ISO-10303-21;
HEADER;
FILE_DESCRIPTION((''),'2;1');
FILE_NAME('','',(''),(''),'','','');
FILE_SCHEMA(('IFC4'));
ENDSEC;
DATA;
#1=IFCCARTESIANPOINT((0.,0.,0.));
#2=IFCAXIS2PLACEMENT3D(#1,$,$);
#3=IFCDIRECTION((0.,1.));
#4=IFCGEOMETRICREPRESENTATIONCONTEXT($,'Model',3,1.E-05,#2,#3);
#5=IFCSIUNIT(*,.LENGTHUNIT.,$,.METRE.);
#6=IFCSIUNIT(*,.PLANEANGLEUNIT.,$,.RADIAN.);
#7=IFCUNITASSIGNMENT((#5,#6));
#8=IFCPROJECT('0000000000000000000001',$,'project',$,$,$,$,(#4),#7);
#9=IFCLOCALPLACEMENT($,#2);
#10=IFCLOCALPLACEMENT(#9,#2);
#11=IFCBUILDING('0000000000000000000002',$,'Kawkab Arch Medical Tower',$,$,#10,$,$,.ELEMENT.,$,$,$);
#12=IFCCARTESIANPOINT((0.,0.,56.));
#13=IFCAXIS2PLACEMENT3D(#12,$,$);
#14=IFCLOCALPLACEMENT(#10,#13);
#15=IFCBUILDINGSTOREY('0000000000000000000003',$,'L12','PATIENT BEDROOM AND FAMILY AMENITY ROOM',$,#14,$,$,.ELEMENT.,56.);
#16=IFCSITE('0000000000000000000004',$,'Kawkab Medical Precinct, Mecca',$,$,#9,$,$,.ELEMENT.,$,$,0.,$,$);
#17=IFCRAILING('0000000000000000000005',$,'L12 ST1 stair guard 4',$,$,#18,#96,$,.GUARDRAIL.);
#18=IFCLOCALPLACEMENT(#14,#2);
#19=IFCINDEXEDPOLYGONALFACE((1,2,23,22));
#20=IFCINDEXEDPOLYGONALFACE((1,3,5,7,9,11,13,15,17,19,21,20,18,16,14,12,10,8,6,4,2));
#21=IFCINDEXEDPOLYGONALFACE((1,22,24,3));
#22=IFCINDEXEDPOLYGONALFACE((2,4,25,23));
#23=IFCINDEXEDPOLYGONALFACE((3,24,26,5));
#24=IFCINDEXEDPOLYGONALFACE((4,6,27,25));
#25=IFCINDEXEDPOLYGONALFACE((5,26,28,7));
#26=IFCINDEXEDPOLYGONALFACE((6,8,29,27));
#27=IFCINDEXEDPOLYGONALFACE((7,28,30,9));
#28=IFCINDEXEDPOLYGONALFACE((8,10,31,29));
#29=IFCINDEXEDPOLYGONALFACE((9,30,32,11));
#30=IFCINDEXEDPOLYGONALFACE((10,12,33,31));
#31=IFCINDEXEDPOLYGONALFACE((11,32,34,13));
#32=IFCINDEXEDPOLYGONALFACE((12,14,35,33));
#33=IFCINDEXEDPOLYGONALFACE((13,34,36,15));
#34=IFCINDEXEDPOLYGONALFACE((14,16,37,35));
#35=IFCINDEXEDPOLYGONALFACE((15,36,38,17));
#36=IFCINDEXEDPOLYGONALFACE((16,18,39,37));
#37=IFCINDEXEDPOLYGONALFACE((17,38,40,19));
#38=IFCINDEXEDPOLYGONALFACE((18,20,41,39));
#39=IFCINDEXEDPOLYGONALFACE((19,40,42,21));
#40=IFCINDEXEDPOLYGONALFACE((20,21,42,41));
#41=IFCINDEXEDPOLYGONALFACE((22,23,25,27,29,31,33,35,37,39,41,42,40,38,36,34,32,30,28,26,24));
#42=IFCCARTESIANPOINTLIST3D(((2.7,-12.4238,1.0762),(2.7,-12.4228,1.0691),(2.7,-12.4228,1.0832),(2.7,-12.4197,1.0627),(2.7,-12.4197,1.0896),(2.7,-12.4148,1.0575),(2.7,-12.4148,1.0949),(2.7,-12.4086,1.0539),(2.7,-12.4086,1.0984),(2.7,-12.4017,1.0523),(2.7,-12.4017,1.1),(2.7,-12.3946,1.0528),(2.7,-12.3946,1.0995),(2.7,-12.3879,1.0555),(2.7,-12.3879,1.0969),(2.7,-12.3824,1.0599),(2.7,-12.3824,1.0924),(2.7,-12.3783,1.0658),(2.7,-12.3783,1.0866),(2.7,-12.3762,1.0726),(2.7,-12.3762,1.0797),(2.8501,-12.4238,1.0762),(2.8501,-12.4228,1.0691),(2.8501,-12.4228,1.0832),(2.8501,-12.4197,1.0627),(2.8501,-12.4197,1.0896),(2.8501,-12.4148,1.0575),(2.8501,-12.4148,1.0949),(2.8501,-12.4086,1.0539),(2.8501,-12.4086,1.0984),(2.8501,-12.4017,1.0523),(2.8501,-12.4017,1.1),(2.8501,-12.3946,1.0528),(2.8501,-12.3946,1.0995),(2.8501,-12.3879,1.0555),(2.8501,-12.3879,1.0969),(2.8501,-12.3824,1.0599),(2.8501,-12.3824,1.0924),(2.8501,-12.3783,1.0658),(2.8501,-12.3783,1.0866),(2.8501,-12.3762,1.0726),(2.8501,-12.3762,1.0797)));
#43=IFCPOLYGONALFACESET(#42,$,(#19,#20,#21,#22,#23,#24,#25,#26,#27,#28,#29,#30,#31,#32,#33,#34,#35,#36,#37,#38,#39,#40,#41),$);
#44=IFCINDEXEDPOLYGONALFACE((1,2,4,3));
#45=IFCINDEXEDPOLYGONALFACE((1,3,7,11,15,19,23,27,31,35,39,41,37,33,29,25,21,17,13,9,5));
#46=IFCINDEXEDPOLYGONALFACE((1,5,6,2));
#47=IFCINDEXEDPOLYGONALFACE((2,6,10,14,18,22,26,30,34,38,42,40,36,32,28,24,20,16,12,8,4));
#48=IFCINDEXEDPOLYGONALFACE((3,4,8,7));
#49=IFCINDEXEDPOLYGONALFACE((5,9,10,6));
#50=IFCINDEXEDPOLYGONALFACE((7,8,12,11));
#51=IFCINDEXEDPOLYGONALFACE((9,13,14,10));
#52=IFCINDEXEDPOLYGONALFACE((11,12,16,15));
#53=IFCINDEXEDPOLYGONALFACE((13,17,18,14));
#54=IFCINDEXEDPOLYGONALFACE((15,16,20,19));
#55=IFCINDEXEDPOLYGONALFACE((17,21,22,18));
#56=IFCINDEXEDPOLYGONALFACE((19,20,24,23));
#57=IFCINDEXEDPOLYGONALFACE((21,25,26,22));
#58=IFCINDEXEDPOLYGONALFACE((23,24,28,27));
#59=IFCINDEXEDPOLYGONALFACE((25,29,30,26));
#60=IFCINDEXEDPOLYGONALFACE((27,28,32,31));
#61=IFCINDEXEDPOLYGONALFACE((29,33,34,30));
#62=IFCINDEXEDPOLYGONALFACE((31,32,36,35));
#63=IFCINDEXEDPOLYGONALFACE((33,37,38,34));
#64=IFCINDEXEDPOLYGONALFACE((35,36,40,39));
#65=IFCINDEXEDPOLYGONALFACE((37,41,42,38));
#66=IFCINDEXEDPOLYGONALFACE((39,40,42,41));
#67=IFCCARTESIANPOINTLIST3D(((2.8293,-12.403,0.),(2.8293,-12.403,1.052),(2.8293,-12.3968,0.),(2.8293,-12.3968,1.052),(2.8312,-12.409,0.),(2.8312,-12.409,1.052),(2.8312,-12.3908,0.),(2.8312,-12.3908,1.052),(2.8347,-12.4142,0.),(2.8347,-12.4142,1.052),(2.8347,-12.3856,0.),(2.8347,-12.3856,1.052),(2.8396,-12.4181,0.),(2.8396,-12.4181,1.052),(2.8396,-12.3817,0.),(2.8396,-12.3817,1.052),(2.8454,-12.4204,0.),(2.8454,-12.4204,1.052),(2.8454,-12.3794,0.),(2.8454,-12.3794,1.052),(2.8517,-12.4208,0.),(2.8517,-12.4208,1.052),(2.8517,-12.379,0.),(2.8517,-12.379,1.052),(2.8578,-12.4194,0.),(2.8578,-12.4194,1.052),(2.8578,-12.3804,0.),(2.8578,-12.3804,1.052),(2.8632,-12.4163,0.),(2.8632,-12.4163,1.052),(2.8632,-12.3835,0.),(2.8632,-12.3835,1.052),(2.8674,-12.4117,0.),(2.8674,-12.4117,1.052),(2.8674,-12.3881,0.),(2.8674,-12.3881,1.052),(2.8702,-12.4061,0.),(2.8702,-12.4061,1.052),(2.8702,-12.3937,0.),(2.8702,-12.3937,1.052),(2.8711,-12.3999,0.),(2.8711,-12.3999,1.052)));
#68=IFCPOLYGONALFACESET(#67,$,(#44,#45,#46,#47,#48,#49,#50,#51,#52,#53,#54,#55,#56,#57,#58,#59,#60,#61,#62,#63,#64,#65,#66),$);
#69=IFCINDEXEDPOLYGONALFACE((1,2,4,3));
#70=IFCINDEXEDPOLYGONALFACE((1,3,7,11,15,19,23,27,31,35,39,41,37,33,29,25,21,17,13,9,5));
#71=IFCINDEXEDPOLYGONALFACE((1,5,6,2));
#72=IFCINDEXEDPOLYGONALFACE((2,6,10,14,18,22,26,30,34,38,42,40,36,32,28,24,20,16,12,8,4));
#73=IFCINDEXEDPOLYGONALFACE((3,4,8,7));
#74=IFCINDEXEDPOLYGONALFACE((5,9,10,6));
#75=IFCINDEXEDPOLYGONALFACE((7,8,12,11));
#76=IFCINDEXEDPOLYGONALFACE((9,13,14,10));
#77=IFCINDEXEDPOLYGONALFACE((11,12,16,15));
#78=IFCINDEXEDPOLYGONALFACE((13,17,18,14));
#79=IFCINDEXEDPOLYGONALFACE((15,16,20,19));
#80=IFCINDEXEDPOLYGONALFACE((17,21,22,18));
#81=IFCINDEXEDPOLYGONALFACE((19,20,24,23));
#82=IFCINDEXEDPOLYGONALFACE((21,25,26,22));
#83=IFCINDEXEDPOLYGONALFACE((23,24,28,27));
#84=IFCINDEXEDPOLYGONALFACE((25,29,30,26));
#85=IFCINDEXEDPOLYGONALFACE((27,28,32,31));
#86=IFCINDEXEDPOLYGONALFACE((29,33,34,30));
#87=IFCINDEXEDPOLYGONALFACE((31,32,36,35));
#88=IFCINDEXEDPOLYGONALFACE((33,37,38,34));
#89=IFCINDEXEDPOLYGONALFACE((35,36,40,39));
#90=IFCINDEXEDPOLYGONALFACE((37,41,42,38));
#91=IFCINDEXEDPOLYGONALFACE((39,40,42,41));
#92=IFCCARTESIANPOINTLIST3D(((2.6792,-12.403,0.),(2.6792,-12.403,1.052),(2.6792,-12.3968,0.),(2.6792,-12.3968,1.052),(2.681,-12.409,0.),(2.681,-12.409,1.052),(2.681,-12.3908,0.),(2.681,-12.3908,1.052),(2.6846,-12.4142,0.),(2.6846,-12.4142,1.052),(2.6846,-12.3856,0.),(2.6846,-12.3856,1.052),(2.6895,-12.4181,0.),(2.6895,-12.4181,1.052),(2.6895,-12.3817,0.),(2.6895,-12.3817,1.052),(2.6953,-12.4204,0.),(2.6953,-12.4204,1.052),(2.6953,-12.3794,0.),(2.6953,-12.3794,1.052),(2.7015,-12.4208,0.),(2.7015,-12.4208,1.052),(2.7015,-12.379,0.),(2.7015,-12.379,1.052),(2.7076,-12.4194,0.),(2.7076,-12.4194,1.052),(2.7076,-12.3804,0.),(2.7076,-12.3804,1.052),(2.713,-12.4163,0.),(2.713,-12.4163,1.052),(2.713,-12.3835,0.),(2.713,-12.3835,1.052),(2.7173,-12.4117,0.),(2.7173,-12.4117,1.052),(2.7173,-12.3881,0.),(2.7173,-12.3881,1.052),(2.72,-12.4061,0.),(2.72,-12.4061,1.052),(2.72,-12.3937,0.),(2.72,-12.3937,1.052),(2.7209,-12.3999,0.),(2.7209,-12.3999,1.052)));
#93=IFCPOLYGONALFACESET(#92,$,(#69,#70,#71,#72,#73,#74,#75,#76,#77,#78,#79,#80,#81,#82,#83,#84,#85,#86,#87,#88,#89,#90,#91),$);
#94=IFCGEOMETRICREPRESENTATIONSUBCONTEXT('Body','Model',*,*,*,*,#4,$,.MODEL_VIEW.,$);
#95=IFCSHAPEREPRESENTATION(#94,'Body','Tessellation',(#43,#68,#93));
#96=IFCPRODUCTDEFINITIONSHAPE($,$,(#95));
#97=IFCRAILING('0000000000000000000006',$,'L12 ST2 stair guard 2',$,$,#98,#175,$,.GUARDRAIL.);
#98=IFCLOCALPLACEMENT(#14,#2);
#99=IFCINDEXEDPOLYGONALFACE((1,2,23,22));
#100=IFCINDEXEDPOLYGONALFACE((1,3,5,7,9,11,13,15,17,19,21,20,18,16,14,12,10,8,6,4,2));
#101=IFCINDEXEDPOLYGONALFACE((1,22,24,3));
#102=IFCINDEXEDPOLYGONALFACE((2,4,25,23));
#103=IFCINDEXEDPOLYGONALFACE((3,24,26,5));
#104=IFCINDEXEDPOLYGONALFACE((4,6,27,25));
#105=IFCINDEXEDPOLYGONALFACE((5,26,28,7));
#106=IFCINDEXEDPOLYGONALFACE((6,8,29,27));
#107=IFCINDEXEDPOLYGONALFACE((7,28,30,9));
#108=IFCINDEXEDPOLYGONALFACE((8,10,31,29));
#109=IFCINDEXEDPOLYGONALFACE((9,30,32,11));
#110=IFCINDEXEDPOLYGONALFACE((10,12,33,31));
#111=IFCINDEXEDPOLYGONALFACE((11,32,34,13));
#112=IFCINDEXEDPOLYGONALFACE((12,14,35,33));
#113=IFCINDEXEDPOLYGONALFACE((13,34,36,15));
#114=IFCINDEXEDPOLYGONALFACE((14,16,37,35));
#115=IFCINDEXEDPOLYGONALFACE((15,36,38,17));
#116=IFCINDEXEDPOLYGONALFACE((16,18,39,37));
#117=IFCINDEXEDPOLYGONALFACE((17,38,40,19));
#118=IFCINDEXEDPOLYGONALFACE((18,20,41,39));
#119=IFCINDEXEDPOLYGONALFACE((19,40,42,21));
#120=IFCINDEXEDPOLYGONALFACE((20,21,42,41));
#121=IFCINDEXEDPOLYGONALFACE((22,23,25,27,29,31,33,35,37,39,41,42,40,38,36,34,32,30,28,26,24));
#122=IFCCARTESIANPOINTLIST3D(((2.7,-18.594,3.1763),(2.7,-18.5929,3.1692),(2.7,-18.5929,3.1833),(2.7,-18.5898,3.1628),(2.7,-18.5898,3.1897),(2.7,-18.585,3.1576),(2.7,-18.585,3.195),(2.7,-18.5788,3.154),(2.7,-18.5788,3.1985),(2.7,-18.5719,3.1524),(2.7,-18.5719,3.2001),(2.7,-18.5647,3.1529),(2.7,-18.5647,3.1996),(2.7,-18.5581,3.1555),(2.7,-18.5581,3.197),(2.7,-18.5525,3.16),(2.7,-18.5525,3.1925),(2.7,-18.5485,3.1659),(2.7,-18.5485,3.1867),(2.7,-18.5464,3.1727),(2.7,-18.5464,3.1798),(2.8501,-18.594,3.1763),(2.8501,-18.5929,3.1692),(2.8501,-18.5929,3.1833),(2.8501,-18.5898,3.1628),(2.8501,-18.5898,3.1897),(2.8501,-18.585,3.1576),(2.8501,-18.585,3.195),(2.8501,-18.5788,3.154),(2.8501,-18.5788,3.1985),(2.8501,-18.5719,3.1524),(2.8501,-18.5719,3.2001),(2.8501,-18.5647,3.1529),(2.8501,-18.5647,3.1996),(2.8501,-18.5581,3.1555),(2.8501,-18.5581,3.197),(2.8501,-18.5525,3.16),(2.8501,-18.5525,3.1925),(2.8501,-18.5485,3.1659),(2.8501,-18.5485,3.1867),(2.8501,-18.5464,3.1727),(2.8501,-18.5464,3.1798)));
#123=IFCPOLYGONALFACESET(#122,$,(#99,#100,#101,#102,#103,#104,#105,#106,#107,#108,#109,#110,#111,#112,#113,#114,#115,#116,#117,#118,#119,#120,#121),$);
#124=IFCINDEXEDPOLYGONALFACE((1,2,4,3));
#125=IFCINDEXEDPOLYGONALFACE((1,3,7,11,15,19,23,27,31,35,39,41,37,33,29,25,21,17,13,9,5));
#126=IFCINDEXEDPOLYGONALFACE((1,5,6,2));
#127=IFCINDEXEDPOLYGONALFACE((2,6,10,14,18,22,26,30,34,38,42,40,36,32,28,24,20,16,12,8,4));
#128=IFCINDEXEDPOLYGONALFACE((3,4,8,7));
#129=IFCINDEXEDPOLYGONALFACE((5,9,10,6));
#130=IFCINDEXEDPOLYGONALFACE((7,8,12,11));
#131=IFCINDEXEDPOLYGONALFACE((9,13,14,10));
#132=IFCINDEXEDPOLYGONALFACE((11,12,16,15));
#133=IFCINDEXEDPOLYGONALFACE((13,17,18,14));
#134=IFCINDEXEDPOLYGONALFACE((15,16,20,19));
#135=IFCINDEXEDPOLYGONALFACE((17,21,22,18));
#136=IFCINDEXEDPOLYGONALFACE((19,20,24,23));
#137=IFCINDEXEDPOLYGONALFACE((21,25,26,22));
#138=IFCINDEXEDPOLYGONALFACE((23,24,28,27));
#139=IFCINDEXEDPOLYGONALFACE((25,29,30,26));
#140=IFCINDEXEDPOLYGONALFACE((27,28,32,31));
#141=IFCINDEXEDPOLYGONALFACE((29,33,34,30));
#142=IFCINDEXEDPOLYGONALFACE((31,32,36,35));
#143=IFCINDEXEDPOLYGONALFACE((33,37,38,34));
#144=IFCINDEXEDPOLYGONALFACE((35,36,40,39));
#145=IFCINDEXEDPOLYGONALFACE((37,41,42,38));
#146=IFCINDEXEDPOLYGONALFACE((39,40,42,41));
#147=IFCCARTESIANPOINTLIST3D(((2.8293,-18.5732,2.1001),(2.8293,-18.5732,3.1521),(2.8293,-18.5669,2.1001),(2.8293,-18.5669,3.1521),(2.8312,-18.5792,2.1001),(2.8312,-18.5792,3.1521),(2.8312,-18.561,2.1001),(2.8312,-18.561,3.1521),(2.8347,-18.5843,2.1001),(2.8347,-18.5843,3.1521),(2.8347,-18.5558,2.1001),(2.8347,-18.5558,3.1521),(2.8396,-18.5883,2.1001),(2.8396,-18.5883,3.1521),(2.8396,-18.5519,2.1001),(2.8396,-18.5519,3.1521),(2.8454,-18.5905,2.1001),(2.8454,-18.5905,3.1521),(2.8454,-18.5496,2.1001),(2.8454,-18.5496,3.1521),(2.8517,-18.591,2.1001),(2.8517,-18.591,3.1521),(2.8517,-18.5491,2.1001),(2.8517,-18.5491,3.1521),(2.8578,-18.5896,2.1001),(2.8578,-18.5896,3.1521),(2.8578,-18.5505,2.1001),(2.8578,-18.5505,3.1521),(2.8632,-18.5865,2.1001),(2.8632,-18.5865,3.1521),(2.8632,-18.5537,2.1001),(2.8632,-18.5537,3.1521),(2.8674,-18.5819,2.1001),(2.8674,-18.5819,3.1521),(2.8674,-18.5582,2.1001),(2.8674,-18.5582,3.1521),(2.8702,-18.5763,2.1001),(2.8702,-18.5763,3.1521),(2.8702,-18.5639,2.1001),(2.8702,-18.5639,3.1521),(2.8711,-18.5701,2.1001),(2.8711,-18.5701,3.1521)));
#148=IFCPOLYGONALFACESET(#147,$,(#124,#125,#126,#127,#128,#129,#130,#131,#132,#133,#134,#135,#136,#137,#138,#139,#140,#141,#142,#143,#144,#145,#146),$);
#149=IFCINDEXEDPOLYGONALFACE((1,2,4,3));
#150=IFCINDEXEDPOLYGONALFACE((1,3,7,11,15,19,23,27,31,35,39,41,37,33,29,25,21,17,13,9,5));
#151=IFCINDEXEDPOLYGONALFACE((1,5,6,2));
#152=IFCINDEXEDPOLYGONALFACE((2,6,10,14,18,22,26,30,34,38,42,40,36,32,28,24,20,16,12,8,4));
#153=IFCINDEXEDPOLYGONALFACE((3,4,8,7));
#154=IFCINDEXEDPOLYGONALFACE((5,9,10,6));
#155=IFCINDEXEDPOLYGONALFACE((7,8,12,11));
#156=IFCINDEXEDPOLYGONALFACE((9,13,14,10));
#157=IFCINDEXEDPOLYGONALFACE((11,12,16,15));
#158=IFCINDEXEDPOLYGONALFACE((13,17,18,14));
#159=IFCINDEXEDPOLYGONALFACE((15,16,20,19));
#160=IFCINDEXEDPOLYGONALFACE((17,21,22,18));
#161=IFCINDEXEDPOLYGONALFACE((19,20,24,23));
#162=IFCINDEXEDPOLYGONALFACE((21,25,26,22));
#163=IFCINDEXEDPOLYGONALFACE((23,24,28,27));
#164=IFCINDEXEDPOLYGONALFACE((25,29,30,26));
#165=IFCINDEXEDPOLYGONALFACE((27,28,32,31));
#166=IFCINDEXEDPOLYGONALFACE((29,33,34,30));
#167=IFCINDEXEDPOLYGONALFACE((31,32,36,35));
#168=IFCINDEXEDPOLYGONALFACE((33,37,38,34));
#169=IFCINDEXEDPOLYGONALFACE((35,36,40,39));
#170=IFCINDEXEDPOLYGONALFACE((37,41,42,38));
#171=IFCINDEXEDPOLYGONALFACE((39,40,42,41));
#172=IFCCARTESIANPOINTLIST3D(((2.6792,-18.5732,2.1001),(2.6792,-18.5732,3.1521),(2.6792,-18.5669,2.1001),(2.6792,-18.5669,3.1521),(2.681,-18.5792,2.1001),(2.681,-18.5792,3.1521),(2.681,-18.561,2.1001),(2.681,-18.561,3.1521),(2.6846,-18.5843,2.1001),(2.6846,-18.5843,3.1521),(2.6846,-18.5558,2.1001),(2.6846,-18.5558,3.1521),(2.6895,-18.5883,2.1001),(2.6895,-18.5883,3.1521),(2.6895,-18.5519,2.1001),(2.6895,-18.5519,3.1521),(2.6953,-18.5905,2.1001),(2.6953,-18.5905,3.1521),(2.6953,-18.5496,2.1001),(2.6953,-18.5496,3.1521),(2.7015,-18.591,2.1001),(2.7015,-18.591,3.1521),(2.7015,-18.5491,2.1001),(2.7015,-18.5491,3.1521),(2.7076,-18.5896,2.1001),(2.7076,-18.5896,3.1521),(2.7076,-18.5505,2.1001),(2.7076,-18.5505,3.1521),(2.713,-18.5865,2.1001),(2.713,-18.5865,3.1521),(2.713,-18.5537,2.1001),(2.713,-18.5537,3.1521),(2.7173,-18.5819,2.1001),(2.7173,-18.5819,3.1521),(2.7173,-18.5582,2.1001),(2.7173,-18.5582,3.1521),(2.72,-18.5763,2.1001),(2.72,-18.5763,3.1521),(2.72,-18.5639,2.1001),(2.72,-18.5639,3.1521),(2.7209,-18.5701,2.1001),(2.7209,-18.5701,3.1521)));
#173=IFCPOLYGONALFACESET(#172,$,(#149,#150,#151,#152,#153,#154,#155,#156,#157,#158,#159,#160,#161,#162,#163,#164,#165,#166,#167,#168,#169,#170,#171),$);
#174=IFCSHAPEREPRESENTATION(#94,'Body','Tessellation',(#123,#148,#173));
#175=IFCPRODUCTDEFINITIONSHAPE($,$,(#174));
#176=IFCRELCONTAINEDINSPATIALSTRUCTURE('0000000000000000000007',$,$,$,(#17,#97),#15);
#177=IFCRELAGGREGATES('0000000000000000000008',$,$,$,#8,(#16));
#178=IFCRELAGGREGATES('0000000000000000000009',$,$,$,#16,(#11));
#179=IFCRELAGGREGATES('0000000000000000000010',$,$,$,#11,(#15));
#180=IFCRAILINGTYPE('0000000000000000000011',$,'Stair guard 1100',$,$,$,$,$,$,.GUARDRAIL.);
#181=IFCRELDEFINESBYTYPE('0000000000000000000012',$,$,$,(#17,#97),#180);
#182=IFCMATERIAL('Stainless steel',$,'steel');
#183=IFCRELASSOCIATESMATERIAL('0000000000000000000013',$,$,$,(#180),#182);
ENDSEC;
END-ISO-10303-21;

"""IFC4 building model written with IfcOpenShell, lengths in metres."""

from ifc_helpers import new_model, si_unit, direction, frame, origin, origin_2d, place, context, subcontext, project, spatial, circle, extrude, material, type_object, element, save


model = new_model("IFC4")

# Units and contexts
model_context = context("Model", 3, precision=1e-05, world=origin(), true_north=direction((0.0, 1.0)))
body_context = subcontext(model_context, "Body", "Model", "MODEL_VIEW")
ifc_project = project(units=[si_unit("LENGTHUNIT", "METRE"), si_unit("PLANEANGLEUNIT", "RADIAN")], contexts=[model_context])

# Site, building, storey
site_placement = place(None, origin())
site = spatial("IfcSite", under=ifc_project, at=site_placement, Name="Kawkab Medical Precinct, Mecca", CompositionType="ELEMENT", RefElevation=0.0)
building_placement = place(site_placement, origin())
building = spatial("IfcBuilding", under=site, at=building_placement, Name="Kawkab Arch Medical Tower", CompositionType="ELEMENT")
storey_placement = place(building_placement, frame((0.0, 0.0, 56.0)))
storey = spatial("IfcBuildingStorey", under=building, at=storey_placement, Name="L12", Description="PATIENT BEDROOM AND FAMILY AMENITY ROOM", CompositionType="ELEMENT", Elevation=56.0)

# Railings
ifc_material_1 = material(Name="Stainless steel", Category="steel")
railing_type_1 = type_object("IfcRailingType", Name="Stair guard 1100", PredefinedType="GUARDRAIL", material=ifc_material_1)
for number, where, name in (
    (1, (2.8501, -12.3999, 0.0), "L12 ST1 stair guard 4"),
    (2, (2.8501, -18.5701, 2.1001), "L12 ST2 stair guard 2"),
):
    element("IfcRailing", number, at=place(storey_placement, frame(where)), inside=storey, type_object=railing_type_1, Name=name, PredefinedType="GUARDRAIL", context=body_context, shape_type="SweptSolid", body=[
        extrude(circle(Radius=0.0239, at=origin_2d()), frame((0.0, 0.0, 1.0762), z_axis=(-1.0, 0.0, 0.0), x_axis=(0.0, -1.0, 0.0)), (0.0, 0.0, 1.0), 0.1501),
        extrude(circle(Radius=0.021, at=origin_2d()), origin(), (0.0, 0.0, 1.0), 1.052),
        extrude(circle(Radius=0.021, at=origin_2d()), frame((-0.1501, 0.0, 0.0)), (0.0, 0.0, 1.0), 1.052),
    ])

save(model, "model.ifc")
